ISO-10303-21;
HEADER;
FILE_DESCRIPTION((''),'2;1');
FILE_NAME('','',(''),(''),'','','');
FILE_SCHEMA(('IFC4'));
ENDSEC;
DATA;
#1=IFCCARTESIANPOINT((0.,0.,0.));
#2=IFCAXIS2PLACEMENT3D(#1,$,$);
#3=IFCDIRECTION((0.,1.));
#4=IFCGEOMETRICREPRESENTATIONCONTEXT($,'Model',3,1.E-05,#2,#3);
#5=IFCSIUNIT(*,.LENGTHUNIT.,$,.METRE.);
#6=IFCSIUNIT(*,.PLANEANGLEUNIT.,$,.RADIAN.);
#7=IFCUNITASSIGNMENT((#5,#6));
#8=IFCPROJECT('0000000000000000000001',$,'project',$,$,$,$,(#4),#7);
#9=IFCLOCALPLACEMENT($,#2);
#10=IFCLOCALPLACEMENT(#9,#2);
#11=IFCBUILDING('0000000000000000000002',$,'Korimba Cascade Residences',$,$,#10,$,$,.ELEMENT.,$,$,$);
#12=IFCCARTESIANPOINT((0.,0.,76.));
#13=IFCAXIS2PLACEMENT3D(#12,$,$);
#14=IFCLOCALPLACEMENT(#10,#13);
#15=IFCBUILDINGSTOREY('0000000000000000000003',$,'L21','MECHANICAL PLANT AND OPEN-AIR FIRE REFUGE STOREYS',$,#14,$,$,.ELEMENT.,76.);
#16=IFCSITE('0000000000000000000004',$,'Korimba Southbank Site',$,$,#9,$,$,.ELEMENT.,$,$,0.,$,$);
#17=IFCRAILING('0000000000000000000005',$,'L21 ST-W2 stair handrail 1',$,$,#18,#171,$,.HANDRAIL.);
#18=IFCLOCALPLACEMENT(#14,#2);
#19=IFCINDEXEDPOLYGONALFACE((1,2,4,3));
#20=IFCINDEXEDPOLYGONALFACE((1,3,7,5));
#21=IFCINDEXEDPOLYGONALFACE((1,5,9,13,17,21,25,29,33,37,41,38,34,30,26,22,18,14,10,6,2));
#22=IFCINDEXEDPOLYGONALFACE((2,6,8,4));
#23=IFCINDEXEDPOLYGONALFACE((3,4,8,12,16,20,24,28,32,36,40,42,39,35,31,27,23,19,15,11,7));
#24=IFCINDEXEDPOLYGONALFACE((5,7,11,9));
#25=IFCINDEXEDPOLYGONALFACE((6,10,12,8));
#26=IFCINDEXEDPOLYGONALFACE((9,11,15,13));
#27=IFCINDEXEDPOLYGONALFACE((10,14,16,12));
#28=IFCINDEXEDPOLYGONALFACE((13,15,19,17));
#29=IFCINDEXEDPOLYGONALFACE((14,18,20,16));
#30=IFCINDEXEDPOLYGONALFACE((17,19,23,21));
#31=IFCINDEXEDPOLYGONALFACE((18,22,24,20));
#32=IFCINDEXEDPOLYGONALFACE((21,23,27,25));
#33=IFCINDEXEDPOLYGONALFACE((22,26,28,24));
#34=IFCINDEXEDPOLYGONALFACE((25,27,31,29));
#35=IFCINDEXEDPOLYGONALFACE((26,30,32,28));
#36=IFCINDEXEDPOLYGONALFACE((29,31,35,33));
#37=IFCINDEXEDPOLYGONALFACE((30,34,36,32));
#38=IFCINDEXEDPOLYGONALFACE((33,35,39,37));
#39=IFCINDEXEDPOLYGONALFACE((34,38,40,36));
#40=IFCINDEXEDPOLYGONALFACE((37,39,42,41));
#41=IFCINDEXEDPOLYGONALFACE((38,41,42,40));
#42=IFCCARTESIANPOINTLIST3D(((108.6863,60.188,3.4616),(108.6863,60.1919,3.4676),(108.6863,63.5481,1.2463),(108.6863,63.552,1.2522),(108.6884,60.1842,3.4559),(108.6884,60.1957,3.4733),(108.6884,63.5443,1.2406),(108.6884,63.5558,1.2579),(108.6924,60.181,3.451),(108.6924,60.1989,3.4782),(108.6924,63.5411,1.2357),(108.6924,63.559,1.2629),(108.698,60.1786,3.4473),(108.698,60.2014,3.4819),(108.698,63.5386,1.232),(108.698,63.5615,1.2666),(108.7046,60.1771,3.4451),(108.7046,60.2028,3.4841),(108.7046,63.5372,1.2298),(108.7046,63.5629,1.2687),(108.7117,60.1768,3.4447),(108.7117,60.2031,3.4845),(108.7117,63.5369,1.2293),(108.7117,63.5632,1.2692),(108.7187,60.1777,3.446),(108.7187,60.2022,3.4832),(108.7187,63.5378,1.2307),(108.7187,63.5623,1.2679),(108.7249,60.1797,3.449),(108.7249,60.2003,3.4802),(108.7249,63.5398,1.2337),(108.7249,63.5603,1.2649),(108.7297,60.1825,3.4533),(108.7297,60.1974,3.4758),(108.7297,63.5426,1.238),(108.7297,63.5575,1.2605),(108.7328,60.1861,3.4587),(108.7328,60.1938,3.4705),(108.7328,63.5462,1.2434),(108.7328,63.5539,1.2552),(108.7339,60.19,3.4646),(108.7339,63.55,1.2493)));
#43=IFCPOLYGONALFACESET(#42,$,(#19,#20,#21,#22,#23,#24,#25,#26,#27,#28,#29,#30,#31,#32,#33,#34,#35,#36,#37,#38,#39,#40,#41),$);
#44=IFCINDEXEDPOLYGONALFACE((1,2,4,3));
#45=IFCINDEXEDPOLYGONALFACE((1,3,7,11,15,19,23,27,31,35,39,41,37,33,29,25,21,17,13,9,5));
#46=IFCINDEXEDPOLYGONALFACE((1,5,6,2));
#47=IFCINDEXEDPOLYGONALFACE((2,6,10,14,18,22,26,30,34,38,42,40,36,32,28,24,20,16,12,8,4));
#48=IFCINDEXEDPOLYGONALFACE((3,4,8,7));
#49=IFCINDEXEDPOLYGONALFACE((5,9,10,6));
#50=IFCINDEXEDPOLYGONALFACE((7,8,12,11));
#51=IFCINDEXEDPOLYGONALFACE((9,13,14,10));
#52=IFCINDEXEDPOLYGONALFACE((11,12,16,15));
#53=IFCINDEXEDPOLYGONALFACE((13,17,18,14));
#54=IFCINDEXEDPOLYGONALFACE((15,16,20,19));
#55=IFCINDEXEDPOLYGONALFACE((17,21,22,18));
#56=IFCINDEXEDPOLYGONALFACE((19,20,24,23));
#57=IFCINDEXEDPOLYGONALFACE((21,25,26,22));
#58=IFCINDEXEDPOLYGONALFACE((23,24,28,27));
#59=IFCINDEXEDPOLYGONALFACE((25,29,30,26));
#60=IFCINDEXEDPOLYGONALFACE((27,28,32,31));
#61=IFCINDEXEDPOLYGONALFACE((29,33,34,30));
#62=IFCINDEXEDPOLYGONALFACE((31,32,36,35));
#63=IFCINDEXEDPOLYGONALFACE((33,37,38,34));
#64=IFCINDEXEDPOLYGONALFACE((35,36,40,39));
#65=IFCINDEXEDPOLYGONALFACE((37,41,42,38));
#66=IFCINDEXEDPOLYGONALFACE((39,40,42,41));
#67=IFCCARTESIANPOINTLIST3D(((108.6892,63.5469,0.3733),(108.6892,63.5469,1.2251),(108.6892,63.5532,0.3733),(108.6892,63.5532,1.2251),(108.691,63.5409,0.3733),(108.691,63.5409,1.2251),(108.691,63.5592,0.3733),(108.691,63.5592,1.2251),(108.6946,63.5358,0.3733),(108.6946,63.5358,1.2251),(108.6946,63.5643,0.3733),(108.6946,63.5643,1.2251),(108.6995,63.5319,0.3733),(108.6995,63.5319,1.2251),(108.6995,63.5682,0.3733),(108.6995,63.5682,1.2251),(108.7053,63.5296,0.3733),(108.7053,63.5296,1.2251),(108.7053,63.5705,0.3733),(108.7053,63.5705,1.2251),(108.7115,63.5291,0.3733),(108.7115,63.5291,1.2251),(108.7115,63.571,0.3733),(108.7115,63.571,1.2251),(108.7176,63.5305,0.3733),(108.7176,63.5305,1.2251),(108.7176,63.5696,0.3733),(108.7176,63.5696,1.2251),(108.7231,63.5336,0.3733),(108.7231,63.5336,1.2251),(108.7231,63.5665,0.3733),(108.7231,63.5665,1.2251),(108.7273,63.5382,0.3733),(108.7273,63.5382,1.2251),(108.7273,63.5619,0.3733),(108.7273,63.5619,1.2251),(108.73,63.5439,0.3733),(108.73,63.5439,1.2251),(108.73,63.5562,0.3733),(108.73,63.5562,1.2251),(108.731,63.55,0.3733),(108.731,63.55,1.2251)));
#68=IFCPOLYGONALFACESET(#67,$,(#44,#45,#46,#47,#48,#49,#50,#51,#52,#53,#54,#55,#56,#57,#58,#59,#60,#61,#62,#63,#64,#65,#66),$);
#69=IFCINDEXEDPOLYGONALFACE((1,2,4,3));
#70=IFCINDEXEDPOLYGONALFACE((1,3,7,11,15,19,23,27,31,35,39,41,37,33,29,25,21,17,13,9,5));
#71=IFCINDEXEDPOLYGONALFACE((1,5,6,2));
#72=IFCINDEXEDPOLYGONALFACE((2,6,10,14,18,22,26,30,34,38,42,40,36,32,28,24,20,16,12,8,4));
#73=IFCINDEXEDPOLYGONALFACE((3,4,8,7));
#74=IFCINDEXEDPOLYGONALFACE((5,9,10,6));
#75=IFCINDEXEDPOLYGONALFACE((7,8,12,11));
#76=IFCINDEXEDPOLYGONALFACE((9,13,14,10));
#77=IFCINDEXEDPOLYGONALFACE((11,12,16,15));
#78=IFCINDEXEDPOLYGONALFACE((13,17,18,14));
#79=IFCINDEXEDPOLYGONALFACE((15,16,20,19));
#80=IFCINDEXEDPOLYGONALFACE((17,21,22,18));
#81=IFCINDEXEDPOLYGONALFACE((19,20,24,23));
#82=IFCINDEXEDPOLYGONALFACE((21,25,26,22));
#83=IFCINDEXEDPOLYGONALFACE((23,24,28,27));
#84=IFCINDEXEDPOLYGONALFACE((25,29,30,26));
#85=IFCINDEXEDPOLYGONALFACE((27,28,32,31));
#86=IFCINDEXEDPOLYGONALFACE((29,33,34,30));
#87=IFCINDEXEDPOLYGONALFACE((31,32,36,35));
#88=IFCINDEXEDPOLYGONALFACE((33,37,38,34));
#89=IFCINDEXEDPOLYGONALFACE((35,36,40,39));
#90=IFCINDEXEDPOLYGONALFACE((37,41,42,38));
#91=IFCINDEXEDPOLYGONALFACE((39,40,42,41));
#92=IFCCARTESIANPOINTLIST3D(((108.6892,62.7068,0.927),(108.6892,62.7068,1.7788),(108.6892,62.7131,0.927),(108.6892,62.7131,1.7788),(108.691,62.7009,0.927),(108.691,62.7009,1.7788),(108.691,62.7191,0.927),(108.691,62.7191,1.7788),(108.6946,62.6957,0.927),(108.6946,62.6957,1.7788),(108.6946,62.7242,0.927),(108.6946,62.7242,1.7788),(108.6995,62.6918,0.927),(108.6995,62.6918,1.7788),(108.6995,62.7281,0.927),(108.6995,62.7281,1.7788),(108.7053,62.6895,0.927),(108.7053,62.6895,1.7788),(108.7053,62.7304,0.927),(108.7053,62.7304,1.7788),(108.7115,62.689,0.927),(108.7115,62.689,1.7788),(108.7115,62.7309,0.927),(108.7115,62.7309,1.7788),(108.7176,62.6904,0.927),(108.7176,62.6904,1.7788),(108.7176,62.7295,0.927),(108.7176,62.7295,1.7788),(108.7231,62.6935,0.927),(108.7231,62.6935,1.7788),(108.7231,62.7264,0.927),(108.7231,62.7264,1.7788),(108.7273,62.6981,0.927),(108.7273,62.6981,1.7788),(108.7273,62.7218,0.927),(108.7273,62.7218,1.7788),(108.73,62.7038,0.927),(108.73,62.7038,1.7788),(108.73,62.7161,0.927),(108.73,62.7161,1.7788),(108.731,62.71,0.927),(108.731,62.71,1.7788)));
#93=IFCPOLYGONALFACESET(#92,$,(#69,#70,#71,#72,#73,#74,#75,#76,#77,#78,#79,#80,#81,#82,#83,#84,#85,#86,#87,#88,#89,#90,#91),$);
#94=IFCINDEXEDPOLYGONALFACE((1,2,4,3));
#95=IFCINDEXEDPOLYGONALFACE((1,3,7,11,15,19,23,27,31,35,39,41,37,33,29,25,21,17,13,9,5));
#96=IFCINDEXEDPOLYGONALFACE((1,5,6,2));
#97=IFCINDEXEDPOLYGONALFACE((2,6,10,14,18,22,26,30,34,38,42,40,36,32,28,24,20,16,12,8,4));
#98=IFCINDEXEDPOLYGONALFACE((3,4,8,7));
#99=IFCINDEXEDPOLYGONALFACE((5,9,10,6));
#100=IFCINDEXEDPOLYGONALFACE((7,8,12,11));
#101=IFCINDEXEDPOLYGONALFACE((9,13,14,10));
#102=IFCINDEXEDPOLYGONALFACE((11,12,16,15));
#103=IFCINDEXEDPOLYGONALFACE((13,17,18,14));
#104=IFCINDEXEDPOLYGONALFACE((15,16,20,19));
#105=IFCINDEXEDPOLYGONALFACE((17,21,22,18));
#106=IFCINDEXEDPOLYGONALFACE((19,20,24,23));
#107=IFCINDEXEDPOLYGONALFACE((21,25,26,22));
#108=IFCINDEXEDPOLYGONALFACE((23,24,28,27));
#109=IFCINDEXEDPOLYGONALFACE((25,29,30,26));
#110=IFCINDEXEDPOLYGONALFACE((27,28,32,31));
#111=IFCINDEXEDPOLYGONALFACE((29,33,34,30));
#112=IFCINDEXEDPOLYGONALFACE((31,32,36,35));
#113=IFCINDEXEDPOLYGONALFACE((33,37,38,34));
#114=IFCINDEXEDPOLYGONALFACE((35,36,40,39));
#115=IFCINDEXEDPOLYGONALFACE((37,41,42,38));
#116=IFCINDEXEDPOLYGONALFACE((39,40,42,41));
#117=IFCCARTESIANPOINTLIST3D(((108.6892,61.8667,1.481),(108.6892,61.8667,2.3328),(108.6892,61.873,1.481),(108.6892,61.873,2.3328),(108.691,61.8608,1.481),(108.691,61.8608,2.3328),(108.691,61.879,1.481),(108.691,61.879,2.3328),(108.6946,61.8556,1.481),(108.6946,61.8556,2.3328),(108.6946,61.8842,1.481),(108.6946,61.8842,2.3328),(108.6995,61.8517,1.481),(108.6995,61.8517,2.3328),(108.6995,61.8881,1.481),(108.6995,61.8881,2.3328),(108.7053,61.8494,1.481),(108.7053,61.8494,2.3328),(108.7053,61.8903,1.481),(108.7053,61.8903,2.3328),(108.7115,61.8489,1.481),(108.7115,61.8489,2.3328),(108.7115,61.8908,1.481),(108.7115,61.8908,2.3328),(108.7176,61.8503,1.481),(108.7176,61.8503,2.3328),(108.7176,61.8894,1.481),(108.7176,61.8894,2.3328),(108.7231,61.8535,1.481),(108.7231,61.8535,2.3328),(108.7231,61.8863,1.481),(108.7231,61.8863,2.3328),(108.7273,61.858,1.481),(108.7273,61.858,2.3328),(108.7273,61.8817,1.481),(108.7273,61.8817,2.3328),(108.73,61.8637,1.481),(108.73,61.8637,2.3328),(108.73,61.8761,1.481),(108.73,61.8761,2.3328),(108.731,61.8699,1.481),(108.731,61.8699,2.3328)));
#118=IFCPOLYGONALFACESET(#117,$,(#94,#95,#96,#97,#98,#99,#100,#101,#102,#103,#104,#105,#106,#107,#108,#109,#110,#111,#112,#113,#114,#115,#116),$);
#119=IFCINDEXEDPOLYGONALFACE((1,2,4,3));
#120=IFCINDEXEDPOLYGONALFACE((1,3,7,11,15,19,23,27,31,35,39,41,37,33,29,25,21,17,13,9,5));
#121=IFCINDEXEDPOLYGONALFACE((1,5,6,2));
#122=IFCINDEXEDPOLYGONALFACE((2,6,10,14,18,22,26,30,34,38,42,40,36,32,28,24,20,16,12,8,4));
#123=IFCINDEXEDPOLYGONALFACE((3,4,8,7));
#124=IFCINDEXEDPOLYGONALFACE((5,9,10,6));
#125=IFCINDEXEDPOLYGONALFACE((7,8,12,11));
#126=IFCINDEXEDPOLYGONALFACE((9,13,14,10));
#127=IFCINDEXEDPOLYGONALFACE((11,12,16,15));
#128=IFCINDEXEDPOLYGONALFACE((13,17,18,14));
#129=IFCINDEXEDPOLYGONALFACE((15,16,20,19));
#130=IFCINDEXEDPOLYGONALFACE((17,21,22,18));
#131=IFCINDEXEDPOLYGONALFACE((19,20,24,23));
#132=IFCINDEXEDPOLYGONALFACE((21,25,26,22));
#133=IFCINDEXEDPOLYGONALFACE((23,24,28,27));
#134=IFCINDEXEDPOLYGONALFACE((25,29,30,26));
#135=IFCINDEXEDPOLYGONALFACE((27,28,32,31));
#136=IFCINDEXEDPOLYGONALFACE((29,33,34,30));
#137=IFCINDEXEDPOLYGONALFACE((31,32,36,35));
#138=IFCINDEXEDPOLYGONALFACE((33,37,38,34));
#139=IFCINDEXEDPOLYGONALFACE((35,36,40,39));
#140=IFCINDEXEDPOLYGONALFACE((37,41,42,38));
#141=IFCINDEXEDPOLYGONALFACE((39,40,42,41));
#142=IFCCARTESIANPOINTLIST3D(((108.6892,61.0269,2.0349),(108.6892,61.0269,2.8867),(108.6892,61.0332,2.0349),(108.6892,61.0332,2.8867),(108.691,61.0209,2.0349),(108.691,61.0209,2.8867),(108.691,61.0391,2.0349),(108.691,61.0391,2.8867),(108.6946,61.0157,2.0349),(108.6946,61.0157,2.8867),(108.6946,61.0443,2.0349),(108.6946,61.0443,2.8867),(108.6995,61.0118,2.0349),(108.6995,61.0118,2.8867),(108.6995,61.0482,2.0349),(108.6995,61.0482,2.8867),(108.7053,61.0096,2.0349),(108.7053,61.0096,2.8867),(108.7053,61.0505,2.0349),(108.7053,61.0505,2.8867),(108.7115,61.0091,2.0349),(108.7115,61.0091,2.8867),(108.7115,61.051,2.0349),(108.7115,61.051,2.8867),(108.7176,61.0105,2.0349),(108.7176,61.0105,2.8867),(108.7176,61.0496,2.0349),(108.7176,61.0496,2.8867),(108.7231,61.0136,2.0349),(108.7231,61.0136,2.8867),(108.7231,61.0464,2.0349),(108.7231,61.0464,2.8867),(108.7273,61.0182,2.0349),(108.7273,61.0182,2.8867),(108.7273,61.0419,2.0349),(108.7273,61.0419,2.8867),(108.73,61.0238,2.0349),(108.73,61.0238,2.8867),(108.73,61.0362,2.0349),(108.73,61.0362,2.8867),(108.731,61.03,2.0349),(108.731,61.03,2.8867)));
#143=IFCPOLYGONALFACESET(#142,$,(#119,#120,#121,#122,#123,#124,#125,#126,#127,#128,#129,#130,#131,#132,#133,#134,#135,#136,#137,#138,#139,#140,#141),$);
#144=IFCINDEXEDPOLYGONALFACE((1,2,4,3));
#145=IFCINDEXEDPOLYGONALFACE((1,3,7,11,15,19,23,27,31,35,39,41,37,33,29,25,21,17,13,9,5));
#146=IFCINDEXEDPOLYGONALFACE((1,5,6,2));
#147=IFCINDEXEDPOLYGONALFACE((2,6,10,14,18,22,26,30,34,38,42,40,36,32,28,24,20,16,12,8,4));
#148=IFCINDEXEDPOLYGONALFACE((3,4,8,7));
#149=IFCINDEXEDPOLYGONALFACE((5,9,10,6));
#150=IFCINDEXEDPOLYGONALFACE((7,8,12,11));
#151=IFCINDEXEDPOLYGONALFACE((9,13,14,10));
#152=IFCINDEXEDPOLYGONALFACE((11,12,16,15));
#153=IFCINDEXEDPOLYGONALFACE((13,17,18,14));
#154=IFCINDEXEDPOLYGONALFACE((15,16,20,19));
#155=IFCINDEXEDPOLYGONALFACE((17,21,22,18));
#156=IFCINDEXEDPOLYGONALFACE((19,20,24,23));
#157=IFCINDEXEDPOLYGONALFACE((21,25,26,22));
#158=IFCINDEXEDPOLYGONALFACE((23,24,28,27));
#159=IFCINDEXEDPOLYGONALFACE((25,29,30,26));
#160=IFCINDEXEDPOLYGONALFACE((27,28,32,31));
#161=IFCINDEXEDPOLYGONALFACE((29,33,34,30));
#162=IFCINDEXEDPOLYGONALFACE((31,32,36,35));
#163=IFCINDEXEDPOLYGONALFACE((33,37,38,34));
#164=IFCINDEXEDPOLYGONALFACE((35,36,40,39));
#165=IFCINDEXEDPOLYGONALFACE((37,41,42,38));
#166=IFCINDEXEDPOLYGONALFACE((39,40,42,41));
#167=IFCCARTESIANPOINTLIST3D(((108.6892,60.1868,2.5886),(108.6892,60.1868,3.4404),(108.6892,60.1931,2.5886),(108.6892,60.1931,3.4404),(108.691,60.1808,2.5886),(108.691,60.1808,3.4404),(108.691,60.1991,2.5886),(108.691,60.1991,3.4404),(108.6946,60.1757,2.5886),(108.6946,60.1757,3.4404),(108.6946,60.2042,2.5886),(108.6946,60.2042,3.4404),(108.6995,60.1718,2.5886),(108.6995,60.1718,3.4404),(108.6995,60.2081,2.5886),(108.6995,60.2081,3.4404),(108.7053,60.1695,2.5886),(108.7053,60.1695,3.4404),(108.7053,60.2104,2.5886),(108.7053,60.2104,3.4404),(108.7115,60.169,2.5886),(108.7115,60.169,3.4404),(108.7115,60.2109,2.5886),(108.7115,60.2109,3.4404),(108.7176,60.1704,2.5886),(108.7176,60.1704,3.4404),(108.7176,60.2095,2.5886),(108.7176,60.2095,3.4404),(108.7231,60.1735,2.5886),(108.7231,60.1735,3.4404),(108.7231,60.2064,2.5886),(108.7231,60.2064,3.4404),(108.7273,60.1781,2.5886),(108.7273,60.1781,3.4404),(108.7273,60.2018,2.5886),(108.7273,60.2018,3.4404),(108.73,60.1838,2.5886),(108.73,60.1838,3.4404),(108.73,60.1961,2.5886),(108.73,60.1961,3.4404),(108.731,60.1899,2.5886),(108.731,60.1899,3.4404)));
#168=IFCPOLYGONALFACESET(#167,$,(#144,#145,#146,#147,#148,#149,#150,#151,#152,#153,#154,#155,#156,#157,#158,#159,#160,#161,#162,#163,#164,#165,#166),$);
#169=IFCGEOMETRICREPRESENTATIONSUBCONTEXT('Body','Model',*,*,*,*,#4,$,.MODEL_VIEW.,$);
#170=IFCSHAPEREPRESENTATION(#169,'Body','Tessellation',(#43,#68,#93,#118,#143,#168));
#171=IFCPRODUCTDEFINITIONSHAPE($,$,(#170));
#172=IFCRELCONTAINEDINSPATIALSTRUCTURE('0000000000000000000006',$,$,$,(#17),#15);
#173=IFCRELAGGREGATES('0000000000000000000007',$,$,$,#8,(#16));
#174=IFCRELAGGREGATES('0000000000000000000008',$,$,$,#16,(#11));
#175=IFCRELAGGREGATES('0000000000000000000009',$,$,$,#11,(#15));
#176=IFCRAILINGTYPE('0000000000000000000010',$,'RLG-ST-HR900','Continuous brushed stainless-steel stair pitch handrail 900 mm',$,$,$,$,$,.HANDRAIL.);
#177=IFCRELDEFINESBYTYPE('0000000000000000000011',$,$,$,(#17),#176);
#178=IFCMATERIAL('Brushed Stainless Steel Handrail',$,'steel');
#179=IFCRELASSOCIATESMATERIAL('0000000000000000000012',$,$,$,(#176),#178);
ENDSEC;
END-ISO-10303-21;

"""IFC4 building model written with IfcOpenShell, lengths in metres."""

from ifc_helpers import new_model, si_unit, direction, frame, origin, origin_2d, place, context, subcontext, project, spatial, circle, extrude, material, type_object, element, save


model = new_model("IFC4")

# Units and contexts
model_context = context("Model", 3, precision=1e-05, world=origin(), true_north=direction((0.0, 1.0)))
body_context = subcontext(model_context, "Body", "Model", "MODEL_VIEW")
ifc_project = project(units=[si_unit("LENGTHUNIT", "METRE"), si_unit("PLANEANGLEUNIT", "RADIAN")], contexts=[model_context])

# Site, building, storey
site_placement = place(None, origin())
site = spatial("IfcSite", under=ifc_project, at=site_placement, Name="Korimba Southbank Site", CompositionType="ELEMENT", RefElevation=0.0)
building_placement = place(site_placement, origin())
building = spatial("IfcBuilding", under=site, at=building_placement, Name="Korimba Cascade Residences", CompositionType="ELEMENT")
storey_placement = place(building_placement, frame((0.0, 0.0, 76.0)))
storey = spatial("IfcBuildingStorey", under=building, at=storey_placement, Name="L21", Description="MECHANICAL PLANT AND OPEN-AIR FIRE REFUGE STOREYS", CompositionType="ELEMENT", Elevation=76.0)

# Railing
ifc_material_1 = material(Name="Brushed Stainless Steel Handrail", Category="steel")
railing_type_1 = type_object("IfcRailingType", Name="RLG-ST-HR900", Description="Continuous brushed stainless-steel stair pitch handrail 900 mm", PredefinedType="HANDRAIL", material=ifc_material_1)
railing_1_placement = place(storey_placement, frame((108.71, 63.55, 0.3733)))
element("IfcRailing", 1, at=railing_1_placement, inside=storey, type_object=railing_type_1, Name="L21 ST-W2 stair handrail 1", PredefinedType="HANDRAIL", context=body_context, shape_type="SweptSolid", body=[
    extrude(circle(Radius=0.0239, at=origin_2d()), frame((0.0, 0.0, 0.876), z_axis=(0.0, -0.834876, 0.550437), x_axis=(1.0, 0.0, 0.0)), (0.0, 0.0, 1.0), 4.0247),
    extrude(circle(Radius=0.021, at=origin_2d()), origin(), (0.0, 0.0, 1.0), 0.8518),
    extrude(circle(Radius=0.021, at=origin_2d()), frame((0.0, -0.8401, 0.5537)), (0.0, 0.0, 1.0), 0.8518),
    extrude(circle(Radius=0.021, at=origin_2d()), frame((0.0, -1.6802, 1.1077)), (0.0, 0.0, 1.0), 0.8518),
    extrude(circle(Radius=0.021, at=origin_2d()), frame((0.0, -2.52, 1.6616)), (0.0, 0.0, 1.0), 0.8518),
    extrude(circle(Radius=0.021, at=origin_2d()), frame((0.0, -3.3601, 2.2153)), (0.0, 0.0, 1.0), 0.8518),
])

save(model, "model.ifc")
